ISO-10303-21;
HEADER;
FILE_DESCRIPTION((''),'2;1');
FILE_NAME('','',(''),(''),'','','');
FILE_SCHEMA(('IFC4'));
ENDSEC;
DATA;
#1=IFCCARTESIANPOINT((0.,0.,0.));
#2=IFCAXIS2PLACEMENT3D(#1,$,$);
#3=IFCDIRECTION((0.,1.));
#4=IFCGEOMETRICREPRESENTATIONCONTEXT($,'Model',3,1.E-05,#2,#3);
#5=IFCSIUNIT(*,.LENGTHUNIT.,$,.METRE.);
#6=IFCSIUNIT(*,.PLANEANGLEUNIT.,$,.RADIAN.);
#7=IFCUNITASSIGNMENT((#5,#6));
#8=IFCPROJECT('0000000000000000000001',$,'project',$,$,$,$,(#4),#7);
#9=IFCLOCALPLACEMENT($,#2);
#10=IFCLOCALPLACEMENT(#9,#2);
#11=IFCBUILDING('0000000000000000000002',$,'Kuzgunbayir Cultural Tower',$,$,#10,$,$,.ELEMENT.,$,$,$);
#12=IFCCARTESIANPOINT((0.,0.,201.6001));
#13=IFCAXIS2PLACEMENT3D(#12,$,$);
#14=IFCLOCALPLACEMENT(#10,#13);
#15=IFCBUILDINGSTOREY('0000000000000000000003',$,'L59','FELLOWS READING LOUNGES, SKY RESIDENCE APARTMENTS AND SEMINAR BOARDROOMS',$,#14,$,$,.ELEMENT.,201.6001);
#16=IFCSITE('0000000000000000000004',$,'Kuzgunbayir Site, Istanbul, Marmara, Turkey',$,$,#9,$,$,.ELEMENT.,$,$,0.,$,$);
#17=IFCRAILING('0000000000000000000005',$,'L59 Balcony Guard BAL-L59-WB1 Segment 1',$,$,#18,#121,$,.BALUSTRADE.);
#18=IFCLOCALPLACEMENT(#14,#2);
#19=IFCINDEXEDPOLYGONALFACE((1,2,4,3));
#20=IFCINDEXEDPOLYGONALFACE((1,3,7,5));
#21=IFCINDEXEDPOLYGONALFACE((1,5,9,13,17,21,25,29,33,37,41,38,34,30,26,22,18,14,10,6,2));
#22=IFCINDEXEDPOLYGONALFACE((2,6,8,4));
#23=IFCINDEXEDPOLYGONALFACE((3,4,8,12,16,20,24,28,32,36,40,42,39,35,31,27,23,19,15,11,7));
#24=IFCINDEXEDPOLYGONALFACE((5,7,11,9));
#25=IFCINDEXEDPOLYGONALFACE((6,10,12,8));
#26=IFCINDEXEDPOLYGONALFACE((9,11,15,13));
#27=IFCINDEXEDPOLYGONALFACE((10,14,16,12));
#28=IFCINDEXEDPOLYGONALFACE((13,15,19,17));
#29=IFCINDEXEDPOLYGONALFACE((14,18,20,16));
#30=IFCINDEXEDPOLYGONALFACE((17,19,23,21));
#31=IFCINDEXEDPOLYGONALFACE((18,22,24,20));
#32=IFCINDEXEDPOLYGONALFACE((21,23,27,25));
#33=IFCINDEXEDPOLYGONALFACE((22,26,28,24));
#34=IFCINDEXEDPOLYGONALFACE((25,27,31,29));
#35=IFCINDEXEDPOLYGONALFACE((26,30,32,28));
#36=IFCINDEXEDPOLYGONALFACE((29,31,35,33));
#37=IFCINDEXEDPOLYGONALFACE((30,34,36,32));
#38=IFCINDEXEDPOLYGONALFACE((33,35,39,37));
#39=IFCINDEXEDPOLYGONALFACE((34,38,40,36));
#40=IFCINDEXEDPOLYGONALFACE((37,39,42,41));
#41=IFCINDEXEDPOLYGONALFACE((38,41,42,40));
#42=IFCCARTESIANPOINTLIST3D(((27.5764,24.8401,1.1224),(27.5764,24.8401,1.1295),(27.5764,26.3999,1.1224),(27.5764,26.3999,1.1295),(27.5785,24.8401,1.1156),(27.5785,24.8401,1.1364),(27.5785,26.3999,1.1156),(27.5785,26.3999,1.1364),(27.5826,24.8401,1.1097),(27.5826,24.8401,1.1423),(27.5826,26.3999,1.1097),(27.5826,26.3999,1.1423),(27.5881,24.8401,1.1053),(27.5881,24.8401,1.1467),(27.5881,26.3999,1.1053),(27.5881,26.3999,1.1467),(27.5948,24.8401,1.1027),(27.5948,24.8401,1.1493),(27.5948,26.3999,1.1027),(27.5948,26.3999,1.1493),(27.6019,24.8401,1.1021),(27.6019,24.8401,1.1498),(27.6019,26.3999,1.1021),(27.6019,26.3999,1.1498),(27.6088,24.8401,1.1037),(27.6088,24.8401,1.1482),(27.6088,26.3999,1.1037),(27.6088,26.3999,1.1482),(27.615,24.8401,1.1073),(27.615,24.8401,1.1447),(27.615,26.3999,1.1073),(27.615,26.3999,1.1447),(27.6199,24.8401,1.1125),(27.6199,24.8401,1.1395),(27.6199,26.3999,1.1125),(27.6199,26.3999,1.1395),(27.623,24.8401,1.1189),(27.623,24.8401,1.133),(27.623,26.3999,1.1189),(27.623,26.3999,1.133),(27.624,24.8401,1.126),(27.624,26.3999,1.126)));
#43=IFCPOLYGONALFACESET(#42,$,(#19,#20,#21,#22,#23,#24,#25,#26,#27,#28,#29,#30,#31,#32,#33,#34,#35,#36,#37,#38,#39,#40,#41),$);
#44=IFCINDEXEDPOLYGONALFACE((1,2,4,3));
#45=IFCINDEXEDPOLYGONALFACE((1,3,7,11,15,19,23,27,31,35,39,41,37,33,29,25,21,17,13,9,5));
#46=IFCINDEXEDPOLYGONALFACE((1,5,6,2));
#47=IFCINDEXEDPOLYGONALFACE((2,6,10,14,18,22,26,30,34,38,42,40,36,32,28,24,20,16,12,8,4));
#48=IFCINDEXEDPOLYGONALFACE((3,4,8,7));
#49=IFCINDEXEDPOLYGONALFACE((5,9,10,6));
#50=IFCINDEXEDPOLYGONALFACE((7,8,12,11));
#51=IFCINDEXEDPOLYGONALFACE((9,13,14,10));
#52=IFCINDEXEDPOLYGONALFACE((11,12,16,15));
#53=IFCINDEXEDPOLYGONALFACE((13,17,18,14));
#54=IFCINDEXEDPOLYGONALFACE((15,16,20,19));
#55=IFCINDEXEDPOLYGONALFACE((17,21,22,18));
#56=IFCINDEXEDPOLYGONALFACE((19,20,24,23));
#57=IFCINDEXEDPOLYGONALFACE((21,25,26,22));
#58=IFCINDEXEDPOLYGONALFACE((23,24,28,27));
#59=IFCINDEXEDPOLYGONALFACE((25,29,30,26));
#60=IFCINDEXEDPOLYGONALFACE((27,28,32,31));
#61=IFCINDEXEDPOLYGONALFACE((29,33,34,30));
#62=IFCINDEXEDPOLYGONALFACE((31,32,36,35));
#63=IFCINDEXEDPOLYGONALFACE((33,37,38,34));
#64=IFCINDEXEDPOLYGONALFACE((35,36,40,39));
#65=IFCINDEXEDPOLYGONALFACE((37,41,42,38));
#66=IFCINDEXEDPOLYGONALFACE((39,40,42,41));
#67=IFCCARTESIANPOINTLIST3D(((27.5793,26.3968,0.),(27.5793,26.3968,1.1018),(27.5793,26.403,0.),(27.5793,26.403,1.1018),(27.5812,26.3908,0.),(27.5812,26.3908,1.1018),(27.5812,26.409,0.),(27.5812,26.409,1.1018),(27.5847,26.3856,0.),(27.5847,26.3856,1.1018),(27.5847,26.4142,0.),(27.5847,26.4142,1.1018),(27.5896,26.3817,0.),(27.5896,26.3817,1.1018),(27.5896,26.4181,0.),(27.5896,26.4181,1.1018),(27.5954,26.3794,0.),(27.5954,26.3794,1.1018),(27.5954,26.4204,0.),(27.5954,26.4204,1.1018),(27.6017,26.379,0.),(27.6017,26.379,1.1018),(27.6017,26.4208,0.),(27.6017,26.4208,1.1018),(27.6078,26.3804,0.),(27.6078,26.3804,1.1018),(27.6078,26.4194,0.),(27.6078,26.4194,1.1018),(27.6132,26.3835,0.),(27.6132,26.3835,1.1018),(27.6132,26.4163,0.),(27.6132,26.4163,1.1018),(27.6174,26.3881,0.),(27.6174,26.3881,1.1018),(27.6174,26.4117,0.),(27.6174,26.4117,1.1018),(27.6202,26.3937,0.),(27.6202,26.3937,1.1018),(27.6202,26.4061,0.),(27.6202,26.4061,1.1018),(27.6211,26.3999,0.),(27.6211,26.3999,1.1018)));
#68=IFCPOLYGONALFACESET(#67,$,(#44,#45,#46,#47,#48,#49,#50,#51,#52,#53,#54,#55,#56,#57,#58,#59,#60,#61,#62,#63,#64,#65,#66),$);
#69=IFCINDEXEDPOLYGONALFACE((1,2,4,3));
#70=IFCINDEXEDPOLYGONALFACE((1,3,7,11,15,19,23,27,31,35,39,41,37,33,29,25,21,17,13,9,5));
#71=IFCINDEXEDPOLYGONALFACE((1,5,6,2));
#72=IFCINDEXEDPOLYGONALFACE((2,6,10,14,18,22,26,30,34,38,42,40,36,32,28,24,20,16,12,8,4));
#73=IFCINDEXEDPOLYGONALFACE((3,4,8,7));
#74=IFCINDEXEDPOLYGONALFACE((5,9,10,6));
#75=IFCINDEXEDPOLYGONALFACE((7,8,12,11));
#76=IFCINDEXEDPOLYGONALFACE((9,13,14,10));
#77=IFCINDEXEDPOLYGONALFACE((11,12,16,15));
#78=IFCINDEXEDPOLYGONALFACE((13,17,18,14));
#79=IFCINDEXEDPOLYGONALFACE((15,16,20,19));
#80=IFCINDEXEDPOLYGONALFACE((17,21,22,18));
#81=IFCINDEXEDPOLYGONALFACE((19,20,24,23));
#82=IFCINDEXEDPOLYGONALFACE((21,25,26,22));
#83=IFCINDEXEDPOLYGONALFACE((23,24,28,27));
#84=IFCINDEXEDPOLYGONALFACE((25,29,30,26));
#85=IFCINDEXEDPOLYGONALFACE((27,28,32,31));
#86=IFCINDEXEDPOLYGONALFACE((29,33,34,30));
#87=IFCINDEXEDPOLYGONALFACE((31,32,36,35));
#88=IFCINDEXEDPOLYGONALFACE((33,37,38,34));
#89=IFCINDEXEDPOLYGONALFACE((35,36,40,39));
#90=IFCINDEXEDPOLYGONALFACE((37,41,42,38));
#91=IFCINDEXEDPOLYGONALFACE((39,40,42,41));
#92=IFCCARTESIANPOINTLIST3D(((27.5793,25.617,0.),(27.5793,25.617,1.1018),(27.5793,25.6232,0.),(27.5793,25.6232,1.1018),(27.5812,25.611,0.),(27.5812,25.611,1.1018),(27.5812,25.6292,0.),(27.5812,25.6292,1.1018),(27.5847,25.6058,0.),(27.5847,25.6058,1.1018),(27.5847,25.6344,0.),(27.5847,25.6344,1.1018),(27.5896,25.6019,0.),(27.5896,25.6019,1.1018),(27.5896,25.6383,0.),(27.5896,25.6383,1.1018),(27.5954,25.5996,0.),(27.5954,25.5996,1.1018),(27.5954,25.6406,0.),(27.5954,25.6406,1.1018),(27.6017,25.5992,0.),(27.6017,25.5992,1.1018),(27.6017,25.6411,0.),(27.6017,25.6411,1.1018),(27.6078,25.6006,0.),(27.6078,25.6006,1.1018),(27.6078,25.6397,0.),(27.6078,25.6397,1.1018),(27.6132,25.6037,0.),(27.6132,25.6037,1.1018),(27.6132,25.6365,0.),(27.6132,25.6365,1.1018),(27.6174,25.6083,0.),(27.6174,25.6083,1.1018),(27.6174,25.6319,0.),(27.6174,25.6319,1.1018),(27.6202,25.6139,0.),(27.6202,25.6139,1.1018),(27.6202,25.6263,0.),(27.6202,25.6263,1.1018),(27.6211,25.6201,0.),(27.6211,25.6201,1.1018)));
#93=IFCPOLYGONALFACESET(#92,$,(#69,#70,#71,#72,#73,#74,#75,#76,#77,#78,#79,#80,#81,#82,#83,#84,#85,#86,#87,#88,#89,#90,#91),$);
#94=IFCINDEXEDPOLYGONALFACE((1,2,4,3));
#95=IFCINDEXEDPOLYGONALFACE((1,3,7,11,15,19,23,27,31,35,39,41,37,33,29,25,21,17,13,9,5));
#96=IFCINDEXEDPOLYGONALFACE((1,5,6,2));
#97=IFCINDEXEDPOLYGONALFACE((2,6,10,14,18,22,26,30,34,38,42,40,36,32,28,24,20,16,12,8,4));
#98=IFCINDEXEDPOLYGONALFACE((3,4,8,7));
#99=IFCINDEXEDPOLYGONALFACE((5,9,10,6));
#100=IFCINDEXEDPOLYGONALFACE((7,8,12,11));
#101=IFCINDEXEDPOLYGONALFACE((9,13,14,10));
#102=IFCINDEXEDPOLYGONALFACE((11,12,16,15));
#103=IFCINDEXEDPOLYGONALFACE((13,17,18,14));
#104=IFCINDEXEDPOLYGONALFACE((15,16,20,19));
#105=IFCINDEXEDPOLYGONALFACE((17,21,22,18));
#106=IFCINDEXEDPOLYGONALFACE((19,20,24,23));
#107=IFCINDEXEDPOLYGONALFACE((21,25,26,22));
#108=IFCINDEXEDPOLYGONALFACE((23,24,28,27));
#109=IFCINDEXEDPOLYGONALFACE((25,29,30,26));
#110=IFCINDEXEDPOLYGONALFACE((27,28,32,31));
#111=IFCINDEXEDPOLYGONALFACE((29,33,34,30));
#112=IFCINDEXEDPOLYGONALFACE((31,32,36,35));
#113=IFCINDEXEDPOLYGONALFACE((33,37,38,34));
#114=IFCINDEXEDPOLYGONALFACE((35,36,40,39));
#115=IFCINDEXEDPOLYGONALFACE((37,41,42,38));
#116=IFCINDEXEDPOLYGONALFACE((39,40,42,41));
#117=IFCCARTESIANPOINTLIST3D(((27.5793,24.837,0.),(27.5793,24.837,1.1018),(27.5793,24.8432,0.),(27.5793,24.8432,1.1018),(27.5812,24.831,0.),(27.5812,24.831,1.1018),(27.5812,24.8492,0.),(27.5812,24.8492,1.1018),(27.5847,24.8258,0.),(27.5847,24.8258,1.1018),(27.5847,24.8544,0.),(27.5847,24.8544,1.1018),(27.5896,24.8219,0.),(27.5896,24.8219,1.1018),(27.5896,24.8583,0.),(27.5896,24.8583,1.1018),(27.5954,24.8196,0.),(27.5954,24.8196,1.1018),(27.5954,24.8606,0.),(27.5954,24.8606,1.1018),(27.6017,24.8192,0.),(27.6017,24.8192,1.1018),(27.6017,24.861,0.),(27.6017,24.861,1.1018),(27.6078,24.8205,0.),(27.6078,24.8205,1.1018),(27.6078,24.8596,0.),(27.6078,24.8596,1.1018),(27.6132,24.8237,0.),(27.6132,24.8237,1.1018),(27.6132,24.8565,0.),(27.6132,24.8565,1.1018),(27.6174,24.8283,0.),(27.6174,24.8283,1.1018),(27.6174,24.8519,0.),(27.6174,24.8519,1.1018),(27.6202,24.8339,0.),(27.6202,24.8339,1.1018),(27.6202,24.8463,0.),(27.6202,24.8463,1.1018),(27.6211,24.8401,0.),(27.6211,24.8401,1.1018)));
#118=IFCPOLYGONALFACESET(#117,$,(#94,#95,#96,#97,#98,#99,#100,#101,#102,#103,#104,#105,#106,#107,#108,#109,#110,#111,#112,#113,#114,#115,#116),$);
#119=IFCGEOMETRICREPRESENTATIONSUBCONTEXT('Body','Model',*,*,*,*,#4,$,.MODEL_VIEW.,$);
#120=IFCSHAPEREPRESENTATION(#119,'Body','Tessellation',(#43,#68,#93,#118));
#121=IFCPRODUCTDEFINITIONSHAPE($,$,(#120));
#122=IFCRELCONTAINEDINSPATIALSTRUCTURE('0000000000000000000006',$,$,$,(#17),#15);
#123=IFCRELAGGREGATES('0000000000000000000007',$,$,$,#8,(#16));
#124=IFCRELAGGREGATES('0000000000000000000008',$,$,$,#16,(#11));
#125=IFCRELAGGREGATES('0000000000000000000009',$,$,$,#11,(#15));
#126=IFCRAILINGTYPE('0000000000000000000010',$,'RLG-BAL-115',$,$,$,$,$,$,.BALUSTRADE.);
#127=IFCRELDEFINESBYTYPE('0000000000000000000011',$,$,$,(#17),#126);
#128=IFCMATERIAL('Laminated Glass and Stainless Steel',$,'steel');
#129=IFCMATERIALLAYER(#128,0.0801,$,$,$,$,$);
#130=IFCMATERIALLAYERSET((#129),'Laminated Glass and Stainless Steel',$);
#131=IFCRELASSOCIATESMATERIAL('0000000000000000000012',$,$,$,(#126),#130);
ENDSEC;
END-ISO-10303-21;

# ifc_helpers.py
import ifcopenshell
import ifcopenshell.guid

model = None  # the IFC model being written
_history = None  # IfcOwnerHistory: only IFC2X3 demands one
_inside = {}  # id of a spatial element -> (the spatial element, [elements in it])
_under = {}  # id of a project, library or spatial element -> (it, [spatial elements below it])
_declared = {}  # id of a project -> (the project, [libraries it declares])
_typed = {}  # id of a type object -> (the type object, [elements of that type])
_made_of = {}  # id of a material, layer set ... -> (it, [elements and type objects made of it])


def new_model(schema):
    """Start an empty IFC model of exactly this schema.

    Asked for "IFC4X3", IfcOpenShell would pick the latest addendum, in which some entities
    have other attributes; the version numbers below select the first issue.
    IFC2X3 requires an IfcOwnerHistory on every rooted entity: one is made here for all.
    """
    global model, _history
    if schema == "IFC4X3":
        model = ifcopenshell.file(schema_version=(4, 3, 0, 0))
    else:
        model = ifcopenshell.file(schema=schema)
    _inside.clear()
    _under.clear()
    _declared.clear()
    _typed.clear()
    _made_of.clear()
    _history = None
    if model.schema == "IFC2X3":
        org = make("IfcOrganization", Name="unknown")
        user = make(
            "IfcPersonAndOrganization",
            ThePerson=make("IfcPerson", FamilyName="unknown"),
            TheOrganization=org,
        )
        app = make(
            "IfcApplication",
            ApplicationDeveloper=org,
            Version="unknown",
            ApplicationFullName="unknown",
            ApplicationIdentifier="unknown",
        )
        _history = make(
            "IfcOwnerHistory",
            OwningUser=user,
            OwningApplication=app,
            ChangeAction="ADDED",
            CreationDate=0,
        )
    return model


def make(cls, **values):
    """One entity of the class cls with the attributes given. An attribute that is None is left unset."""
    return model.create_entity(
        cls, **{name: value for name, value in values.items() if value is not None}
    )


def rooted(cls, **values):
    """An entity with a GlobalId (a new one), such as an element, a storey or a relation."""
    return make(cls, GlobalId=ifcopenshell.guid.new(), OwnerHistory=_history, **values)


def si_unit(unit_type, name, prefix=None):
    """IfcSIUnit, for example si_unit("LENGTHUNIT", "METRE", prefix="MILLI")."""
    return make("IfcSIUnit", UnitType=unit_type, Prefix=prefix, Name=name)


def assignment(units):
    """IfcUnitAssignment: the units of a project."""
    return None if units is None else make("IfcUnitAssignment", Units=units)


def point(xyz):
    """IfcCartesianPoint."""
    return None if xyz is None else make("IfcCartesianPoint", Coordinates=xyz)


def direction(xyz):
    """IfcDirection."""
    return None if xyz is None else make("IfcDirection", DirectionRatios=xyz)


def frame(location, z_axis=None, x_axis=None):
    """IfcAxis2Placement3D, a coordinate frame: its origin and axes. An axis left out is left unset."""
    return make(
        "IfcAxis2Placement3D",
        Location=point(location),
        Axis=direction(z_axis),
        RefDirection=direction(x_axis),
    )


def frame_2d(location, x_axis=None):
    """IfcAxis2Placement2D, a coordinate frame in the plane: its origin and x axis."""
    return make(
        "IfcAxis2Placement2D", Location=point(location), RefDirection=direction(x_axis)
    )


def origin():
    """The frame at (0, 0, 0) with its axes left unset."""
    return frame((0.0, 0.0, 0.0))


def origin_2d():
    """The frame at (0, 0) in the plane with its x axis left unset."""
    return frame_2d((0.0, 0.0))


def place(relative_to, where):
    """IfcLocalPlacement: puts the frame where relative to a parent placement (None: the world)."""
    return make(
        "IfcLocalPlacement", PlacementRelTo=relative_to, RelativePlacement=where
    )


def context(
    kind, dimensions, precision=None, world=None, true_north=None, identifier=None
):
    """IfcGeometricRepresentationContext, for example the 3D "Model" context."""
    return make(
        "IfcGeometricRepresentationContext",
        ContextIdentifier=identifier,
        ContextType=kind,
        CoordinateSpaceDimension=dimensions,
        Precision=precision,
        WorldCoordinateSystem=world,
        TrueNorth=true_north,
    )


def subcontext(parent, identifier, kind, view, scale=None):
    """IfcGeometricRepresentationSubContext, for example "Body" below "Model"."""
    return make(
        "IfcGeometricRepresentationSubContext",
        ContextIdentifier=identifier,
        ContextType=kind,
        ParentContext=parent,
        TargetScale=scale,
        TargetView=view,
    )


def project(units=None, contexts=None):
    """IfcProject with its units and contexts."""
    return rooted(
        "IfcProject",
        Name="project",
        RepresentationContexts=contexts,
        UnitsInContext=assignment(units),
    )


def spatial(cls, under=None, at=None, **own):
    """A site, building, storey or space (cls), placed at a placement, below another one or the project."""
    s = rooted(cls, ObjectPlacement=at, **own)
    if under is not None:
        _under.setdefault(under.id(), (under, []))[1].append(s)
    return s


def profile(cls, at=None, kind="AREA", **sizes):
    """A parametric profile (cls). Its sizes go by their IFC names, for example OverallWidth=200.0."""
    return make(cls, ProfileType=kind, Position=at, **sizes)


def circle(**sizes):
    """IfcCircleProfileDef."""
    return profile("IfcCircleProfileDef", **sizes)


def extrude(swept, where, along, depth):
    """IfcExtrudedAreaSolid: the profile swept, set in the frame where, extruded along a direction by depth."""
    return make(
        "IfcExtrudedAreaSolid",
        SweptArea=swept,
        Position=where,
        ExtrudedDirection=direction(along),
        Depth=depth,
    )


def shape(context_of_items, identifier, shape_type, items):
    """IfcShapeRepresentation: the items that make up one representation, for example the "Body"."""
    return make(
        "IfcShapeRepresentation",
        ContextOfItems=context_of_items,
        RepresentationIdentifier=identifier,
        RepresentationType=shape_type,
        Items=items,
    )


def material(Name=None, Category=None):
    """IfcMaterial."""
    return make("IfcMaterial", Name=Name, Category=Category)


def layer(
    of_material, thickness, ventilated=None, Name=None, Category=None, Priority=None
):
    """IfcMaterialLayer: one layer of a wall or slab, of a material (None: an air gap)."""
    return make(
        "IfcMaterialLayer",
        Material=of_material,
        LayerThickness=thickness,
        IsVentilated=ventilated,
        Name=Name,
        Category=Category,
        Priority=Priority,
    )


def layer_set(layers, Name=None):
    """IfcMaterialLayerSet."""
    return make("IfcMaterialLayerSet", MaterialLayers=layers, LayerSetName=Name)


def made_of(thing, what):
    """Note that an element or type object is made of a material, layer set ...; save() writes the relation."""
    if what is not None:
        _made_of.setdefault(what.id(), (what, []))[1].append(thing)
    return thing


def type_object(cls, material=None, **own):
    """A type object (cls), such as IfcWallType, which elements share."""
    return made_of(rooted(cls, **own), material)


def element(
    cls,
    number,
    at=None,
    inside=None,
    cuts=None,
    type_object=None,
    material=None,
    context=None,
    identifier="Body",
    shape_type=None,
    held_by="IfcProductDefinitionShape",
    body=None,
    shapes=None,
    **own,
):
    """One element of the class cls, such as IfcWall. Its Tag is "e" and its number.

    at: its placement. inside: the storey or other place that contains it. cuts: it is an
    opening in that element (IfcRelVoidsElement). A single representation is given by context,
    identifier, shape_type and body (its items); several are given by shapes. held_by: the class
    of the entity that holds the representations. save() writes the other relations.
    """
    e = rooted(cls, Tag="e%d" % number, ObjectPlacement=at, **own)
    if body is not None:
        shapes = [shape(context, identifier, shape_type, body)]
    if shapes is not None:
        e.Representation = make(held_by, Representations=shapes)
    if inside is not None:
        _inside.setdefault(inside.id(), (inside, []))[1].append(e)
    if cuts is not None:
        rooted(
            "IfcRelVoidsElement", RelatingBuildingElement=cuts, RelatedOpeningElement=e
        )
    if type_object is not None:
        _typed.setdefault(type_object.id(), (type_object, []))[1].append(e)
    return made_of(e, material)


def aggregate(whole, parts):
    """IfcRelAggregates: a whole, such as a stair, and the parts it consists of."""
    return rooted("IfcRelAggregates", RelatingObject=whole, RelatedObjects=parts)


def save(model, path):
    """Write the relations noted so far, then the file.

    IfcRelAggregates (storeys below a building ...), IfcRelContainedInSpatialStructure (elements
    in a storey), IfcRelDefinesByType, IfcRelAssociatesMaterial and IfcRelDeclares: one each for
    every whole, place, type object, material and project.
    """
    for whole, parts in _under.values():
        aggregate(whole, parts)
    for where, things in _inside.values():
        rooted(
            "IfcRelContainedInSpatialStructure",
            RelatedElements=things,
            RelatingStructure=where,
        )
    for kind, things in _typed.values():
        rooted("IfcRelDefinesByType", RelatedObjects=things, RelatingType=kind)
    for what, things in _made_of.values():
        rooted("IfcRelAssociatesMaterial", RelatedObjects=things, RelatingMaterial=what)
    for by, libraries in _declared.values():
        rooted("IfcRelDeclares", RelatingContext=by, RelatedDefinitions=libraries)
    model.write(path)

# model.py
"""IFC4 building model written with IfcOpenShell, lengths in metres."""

from ifc_helpers import new_model, si_unit, direction, frame, origin, origin_2d, place, context, subcontext, project, spatial, circle, extrude, material, layer, layer_set, type_object, element, save


model = new_model("IFC4")

# Units and contexts
model_context = context("Model", 3, precision=1e-05, world=origin(), true_north=direction((0.0, 1.0)))
body_context = subcontext(model_context, "Body", "Model", "MODEL_VIEW")
ifc_project = project(units=[si_unit("LENGTHUNIT", "METRE"), si_unit("PLANEANGLEUNIT", "RADIAN")], contexts=[model_context])

# Site, building, storey
site_placement = place(None, origin())
site = spatial("IfcSite", under=ifc_project, at=site_placement, Name="Kuzgunbayir Site, Istanbul, Marmara, Turkey", CompositionType="ELEMENT", RefElevation=0.0)
building_placement = place(site_placement, origin())
building = spatial("IfcBuilding", under=site, at=building_placement, Name="Kuzgunbayir Cultural Tower", CompositionType="ELEMENT")
storey_placement = place(building_placement, frame((0.0, 0.0, 201.6001)))
storey = spatial("IfcBuildingStorey", under=building, at=storey_placement, Name="L59", Description="FELLOWS READING LOUNGES, SKY RESIDENCE APARTMENTS AND SEMINAR BOARDROOMS", CompositionType="ELEMENT", Elevation=201.6001)

# Railing
ifc_material_1 = material(Name="Laminated Glass and Stainless Steel", Category="steel")
ifc_layer_1 = layer(ifc_material_1, 0.0801)
ifc_layer_set_1 = layer_set([ifc_layer_1], Name="Laminated Glass and Stainless Steel")
railing_type = type_object("IfcRailingType", Name="RLG-BAL-115", PredefinedType="BALUSTRADE", material=ifc_layer_set_1)
railing_1_placement = place(storey_placement, frame((27.6001, 26.3999, 0.0)))
element("IfcRailing", 1, at=railing_1_placement, inside=storey, type_object=railing_type, Name="L59 Balcony Guard BAL-L59-WB1 Segment 1", PredefinedType="BALUSTRADE", context=body_context, shape_type="SweptSolid", body=[
    extrude(circle(Radius=0.0239, at=origin_2d()), frame((0.0, 0.0, 1.126), z_axis=(0.0, -1.0, 0.0), x_axis=(1.0, 0.0, 0.0)), (0.0, 0.0, 1.0), 1.5598),
    extrude(circle(Radius=0.021, at=origin_2d()), origin(), (0.0, 0.0, 1.0), 1.1018),
    extrude(circle(Radius=0.021, at=origin_2d()), frame((0.0, -0.7798, 0.0)), (0.0, 0.0, 1.0), 1.1018),
    extrude(circle(Radius=0.021, at=origin_2d()), frame((0.0, -1.5598, 0.0)), (0.0, 0.0, 1.0), 1.1018),
])

save(model, "model.ifc")
